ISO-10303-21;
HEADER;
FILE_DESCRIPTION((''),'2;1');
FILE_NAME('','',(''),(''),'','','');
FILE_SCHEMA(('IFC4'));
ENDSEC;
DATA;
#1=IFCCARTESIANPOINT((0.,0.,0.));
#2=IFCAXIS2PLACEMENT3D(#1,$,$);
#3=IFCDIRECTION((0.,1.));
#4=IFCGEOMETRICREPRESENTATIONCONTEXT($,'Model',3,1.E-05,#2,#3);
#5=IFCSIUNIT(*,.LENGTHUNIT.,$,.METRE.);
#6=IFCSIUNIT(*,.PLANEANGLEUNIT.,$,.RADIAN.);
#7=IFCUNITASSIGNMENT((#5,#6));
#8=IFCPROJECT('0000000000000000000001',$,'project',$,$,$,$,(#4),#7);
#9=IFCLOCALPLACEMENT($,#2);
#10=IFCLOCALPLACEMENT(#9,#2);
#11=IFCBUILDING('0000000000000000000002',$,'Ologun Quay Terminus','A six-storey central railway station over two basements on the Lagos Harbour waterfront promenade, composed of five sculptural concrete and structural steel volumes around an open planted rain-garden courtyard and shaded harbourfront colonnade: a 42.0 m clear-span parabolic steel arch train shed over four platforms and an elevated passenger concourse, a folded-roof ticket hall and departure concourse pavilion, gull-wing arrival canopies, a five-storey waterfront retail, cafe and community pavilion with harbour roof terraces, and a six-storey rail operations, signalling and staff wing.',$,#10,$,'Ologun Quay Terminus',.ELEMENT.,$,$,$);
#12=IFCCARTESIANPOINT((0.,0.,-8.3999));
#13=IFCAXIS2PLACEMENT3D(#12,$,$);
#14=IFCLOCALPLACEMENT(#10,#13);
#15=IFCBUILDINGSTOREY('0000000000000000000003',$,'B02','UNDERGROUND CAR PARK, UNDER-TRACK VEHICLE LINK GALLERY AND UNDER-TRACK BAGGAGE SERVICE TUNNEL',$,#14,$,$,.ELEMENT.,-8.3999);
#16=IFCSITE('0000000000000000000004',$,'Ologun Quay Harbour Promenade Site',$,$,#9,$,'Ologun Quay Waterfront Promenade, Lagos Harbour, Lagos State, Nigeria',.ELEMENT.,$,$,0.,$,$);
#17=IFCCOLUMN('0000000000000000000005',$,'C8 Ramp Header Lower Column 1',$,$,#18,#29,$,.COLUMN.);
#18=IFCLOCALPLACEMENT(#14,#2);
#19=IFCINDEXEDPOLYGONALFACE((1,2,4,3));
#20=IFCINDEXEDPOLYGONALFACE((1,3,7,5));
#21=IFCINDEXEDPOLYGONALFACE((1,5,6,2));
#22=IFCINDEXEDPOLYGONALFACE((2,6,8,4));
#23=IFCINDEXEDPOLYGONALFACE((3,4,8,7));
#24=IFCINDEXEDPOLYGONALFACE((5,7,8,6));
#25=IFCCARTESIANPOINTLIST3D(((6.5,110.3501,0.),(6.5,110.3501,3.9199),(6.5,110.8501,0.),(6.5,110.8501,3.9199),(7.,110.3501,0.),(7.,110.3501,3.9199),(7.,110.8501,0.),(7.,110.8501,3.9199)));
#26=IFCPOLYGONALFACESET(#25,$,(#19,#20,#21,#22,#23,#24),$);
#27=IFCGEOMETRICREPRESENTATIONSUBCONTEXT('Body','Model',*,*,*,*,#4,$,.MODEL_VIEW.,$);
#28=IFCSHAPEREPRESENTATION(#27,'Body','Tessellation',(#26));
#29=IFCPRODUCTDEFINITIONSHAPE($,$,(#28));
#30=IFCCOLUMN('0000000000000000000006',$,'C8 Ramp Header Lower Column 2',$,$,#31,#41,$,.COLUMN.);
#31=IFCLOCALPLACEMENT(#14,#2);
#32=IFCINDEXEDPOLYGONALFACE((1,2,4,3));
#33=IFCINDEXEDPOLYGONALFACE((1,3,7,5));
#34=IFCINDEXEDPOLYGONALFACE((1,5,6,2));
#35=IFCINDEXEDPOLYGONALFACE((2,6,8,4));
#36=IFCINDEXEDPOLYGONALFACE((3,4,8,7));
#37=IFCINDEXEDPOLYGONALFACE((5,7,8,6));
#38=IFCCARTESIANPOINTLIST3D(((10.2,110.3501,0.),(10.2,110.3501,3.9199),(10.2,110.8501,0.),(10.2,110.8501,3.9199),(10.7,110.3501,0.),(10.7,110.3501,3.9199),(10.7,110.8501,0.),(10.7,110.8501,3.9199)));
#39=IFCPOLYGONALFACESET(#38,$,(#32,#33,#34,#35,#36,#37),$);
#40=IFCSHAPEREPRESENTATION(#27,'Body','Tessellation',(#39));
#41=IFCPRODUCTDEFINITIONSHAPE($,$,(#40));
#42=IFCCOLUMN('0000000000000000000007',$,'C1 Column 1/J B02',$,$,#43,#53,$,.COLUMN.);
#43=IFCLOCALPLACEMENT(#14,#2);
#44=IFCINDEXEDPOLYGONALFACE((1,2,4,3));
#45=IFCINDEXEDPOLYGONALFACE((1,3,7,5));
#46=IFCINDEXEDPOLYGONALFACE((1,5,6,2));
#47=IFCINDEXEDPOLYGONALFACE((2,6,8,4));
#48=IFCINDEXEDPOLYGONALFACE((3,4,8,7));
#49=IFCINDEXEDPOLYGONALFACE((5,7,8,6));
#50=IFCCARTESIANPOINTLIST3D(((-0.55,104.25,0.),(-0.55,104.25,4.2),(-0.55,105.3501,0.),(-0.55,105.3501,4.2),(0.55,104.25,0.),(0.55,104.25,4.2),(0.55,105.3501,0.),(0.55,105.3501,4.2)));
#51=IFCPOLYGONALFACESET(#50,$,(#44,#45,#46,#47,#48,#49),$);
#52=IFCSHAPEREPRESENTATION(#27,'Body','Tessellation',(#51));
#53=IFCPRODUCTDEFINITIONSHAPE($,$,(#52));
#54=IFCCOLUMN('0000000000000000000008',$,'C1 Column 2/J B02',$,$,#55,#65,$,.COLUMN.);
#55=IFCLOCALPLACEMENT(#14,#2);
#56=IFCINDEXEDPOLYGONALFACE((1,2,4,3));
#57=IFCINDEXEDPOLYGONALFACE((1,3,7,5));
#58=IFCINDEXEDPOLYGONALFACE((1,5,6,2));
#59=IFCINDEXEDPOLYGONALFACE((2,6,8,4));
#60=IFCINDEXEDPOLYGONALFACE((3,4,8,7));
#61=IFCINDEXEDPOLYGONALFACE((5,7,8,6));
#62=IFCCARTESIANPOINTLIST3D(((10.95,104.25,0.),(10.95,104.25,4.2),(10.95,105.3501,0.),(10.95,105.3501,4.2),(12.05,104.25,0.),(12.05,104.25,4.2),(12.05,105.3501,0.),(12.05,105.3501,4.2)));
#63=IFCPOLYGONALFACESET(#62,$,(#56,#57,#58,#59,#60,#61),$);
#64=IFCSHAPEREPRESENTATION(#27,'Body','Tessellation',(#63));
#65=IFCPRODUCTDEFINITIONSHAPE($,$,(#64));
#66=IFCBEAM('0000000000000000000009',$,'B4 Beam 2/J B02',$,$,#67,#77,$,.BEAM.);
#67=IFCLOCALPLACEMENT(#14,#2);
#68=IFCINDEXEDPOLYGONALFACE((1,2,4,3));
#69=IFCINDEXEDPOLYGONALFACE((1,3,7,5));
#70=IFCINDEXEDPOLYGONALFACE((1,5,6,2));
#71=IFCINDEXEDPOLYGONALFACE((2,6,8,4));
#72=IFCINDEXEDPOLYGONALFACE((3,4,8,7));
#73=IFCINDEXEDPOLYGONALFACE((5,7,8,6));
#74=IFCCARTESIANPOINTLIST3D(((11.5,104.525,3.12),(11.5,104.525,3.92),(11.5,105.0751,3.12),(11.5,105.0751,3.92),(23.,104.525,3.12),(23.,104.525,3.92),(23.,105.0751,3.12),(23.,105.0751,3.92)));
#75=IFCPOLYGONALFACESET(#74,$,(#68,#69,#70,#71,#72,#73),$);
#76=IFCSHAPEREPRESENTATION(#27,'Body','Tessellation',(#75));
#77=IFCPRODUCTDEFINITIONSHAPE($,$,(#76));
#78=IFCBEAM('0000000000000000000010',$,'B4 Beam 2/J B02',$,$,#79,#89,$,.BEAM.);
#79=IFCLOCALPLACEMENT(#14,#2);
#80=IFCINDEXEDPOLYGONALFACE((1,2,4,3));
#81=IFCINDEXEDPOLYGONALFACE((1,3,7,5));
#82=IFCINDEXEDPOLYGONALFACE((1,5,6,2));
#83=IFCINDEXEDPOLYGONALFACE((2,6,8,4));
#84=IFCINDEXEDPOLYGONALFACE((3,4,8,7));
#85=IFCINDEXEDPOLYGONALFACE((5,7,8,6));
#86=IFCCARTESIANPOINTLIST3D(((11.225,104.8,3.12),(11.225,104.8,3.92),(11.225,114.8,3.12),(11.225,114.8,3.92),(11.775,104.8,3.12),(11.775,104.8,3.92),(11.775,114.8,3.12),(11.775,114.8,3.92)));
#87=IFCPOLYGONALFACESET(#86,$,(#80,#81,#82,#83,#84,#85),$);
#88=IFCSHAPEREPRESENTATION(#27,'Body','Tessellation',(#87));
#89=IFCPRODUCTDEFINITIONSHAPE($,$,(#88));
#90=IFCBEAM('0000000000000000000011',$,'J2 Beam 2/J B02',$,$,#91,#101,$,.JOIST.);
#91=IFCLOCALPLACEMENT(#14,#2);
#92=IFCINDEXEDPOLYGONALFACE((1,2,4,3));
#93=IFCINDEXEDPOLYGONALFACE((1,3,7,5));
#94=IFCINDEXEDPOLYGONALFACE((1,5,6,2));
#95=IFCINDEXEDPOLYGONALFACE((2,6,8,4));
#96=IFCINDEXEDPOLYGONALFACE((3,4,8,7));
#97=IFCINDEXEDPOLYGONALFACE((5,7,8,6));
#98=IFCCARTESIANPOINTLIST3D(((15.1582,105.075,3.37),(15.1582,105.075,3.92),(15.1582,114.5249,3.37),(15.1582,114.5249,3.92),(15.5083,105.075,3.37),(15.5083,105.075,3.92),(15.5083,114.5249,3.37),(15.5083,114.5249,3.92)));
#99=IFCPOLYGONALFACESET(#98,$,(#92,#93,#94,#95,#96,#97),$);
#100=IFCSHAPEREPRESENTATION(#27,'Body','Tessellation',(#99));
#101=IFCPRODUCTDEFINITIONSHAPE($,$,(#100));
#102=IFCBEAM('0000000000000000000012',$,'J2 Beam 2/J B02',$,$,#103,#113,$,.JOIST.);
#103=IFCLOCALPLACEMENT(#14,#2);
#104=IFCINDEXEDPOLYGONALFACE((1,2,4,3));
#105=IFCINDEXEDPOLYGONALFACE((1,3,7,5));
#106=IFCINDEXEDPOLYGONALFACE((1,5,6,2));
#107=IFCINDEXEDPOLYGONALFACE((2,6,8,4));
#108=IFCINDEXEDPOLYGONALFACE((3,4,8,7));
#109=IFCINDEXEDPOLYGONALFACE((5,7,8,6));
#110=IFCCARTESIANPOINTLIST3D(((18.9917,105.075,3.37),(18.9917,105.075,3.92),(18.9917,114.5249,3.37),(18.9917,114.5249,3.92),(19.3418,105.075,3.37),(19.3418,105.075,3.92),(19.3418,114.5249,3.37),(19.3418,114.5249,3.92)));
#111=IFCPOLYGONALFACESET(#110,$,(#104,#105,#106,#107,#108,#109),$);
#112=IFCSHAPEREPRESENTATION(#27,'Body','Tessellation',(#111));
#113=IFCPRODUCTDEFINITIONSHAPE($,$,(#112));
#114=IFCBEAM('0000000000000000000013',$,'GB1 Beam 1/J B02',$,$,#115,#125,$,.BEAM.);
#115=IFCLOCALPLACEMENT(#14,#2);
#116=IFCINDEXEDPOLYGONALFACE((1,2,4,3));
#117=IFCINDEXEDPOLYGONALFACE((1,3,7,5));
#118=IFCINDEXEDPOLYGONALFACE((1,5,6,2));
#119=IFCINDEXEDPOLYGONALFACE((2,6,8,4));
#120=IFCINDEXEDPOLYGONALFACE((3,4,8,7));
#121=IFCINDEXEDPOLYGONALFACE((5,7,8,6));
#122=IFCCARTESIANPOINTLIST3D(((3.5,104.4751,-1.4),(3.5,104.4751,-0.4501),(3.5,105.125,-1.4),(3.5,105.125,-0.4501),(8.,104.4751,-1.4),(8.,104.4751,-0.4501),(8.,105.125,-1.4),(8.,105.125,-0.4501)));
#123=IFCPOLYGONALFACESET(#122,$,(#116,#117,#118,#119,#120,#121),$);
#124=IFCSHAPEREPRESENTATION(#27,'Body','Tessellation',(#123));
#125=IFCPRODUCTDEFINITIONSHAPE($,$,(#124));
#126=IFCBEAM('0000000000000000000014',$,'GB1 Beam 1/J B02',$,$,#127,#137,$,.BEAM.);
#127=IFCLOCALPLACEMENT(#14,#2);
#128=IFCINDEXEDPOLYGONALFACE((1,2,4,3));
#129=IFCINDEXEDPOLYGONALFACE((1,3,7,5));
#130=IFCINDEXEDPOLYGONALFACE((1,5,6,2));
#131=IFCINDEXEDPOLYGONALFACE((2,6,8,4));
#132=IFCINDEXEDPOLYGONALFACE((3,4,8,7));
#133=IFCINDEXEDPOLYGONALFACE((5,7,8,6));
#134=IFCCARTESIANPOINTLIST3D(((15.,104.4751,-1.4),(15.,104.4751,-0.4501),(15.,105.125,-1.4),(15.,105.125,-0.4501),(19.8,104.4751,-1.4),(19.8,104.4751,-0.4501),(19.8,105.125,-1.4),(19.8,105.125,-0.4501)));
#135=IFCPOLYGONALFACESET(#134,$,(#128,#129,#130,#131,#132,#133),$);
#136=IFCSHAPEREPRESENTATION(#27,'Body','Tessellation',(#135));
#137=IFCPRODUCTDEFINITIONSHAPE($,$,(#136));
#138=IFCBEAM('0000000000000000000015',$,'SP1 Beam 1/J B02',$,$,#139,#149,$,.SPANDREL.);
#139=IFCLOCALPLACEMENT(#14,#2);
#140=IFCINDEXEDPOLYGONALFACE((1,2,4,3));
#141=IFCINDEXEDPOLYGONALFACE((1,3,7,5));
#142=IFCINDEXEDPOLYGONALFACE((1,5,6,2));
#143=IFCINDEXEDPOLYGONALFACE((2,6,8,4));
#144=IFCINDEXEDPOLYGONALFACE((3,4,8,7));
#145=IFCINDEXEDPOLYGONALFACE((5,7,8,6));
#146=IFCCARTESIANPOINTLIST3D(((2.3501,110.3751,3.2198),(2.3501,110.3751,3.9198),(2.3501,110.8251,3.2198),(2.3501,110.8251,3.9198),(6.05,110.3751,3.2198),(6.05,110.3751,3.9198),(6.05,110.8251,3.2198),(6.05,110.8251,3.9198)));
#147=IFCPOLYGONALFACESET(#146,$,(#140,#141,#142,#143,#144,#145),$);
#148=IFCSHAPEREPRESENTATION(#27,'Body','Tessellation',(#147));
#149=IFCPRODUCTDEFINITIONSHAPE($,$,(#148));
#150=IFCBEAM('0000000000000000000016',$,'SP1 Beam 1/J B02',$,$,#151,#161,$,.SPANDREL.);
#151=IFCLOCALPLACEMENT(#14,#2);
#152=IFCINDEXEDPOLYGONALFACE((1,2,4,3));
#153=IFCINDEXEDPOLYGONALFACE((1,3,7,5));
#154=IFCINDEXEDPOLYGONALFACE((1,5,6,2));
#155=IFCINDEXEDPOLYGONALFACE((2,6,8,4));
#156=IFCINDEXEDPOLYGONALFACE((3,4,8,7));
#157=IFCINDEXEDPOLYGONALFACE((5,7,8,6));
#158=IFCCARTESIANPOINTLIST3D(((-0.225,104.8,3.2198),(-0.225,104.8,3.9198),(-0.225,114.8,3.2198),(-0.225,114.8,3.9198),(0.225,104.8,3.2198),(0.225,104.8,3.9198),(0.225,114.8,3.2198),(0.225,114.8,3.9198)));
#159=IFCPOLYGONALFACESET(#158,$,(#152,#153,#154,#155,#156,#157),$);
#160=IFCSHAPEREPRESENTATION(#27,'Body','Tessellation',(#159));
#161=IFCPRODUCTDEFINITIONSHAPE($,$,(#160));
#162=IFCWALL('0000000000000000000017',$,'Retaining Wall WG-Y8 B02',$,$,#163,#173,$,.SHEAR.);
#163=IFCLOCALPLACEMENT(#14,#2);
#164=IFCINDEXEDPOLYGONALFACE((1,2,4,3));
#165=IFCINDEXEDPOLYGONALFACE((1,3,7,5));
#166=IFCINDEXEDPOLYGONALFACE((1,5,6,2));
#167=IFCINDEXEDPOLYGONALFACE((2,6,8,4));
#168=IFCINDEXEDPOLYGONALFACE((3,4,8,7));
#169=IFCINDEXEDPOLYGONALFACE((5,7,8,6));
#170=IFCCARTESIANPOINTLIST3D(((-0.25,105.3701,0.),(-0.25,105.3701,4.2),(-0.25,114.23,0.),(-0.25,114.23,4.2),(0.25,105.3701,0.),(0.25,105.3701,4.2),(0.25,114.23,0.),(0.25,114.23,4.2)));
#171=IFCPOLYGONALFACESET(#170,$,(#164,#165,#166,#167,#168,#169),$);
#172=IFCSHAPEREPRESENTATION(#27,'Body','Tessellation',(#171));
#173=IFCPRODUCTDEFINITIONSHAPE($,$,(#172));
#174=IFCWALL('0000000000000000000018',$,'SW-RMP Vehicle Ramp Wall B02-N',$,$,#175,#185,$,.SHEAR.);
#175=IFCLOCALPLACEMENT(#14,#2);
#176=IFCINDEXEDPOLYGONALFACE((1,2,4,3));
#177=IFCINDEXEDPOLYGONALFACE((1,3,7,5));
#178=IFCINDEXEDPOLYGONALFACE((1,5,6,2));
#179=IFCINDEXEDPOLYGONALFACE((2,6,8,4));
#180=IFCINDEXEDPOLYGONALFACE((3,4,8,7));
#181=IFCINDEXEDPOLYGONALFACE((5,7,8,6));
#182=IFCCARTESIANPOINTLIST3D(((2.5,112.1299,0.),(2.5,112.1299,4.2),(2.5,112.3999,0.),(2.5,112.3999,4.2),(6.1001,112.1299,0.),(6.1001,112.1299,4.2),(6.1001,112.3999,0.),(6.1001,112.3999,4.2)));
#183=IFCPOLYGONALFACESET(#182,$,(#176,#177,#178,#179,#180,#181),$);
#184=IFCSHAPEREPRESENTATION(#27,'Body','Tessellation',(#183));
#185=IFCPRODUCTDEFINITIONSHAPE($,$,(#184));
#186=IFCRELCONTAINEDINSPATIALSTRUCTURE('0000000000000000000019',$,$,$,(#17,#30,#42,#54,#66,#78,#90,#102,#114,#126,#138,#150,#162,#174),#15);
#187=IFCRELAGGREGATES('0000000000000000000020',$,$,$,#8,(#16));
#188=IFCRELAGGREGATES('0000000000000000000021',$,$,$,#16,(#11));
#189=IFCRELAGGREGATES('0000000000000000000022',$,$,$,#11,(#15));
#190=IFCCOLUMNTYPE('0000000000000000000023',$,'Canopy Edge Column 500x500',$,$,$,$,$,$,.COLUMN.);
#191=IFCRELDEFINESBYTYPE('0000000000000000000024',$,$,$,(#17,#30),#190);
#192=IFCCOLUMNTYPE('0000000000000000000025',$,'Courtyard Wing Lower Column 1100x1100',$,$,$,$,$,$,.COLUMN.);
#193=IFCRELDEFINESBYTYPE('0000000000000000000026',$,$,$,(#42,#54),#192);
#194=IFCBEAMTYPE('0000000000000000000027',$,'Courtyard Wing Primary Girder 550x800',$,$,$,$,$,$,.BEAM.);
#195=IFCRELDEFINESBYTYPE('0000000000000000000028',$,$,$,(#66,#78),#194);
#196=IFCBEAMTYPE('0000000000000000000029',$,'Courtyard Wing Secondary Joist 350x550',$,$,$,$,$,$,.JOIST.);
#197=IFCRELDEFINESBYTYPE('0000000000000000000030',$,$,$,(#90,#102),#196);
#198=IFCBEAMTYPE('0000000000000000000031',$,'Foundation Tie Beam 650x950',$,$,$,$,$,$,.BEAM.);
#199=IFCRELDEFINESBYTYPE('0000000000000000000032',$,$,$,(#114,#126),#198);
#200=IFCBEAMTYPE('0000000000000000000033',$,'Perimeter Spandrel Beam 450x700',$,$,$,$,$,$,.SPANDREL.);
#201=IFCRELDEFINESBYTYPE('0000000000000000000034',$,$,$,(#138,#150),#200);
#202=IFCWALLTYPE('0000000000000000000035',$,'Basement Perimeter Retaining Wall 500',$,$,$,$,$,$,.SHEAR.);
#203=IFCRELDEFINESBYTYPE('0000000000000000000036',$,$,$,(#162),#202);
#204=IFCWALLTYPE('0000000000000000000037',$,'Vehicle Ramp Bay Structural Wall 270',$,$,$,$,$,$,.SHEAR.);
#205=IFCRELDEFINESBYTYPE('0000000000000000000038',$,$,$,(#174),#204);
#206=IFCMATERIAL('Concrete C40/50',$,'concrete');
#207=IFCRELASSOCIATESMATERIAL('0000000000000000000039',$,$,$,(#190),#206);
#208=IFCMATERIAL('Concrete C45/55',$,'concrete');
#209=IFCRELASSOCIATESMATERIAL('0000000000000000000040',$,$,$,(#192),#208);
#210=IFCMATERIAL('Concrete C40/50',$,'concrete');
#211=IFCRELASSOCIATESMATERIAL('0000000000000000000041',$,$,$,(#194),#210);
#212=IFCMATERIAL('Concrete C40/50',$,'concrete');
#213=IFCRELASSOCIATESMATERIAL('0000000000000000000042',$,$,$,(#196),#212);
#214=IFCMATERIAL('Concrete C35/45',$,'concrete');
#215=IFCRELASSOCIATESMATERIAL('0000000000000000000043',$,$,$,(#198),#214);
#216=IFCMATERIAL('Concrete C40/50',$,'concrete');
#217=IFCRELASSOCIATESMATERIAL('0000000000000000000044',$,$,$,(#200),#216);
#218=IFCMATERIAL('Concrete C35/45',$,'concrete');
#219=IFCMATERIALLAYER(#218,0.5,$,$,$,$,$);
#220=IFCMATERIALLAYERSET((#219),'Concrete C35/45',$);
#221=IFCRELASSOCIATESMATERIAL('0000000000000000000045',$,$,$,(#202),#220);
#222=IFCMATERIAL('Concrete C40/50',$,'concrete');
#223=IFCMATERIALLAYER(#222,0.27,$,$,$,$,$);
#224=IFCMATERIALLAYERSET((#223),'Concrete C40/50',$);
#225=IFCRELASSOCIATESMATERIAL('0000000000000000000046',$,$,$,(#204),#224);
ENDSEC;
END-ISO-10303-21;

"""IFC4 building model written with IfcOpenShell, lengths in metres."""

from ifc_helpers import new_model, si_unit, direction, frame, frame_2d, origin, origin_2d, place, context, subcontext, project, spatial, rectangle, extrude, material, layer, layer_set, material_profile, profile_set, type_object, element, save


model = new_model("IFC4")

# Units and contexts
model_context = context("Model", 3, precision=1e-05, world=origin(), true_north=direction((0.0, 1.0)))
body_context = subcontext(model_context, "Body", "Model", "MODEL_VIEW")
ifc_project = project(units=[si_unit("LENGTHUNIT", "METRE"), si_unit("PLANEANGLEUNIT", "RADIAN")], contexts=[model_context])

# Site, building, storey
site_placement = place(None, origin())
site = spatial("IfcSite", under=ifc_project, at=site_placement, Name="Ologun Quay Harbour Promenade Site", LongName="Ologun Quay Waterfront Promenade, Lagos Harbour, Lagos State, Nigeria", CompositionType="ELEMENT", RefElevation=0.0)
building_placement = place(site_placement, origin())
building = spatial("IfcBuilding", under=site, at=building_placement, Name="Ologun Quay Terminus", Description="A six-storey central railway station over two basements on the Lagos Harbour waterfront promenade, composed of five sculptural concrete and structural steel volumes around an open planted rain-garden courtyard and shaded harbourfront colonnade: a 42.0 m clear-span parabolic steel arch train shed over four platforms and an elevated passenger concourse, a folded-roof ticket hall and departure concourse pavilion, gull-wing arrival canopies, a five-storey waterfront retail, cafe and community pavilion with harbour roof terraces, and a six-storey rail operations, signalling and staff wing.", LongName="Ologun Quay Terminus", CompositionType="ELEMENT")
storey_placement = place(building_placement, frame((0.0, 0.0, -8.3999)))
storey = spatial("IfcBuildingStorey", under=building, at=storey_placement, Name="B02", Description="UNDERGROUND CAR PARK, UNDER-TRACK VEHICLE LINK GALLERY AND UNDER-TRACK BAGGAGE SERVICE TUNNEL", CompositionType="ELEMENT", Elevation=-8.3999)

# Columns
ifc_material_1 = material(Name="Concrete C40/50", Category="concrete")
ifc_material_profile_1 = material_profile(ifc_material_1, rectangle(XDim=0.5, YDim=0.5, at=origin_2d()), Name="RC 500x500")
ifc_profile_set_1 = profile_set([ifc_material_profile_1], Name="Concrete C40/50")
column_type_1 = type_object("IfcColumnType", Name="Canopy Edge Column 500x500", PredefinedType="COLUMN", material=ifc_profile_set_1)
for number, where, z_axis, x_axis, name in (
    (1, (6.75, 110.6001, 0.0), (0.0, 0.0, 1.0), (1.0, 0.0, 0.0), "C8 Ramp Header Lower Column 1"),
    (2, (10.45, 110.6001, 0.0), (0.0, 0.0, 1.0), (1.0, 0.0, 0.0), "C8 Ramp Header Lower Column 2"),
):
    element("IfcColumn", number, at=place(storey_placement, frame(where, z_axis=z_axis, x_axis=x_axis)), inside=storey, type_object=column_type_1, Name=name, PredefinedType="COLUMN", context=body_context, shape_type="SweptSolid", body=[
        extrude(rectangle(XDim=0.5, YDim=0.5, at=origin_2d()), origin(), (0.0, 0.0, 1.0), 3.9199),
    ])
ifc_material_2 = material(Name="Concrete C45/55", Category="concrete")
ifc_material_profile_2 = material_profile(ifc_material_2, rectangle(XDim=1.1001, YDim=1.1001, at=origin_2d()), Name="RC 1100x1100")
ifc_profile_set_2 = profile_set([ifc_material_profile_2], Name="Concrete C45/55")
column_type_2 = type_object("IfcColumnType", Name="Courtyard Wing Lower Column 1100x1100", PredefinedType="COLUMN", material=ifc_profile_set_2)
for number, where, z_axis, x_axis, name in (
    (3, (0.0, 104.8, 0.0), (0.0, 0.0, 1.0), (1.0, 0.0, 0.0), "C1 Column 1/J B02"),
    (4, (11.5, 104.8, 0.0), (0.0, 0.0, 1.0), (1.0, 0.0, 0.0), "C1 Column 2/J B02"),
):
    element("IfcColumn", number, at=place(storey_placement, frame(where, z_axis=z_axis, x_axis=x_axis)), inside=storey, type_object=column_type_2, Name=name, PredefinedType="COLUMN", context=body_context, shape_type="SweptSolid", body=[
        extrude(rectangle(XDim=1.1001, YDim=1.1001, at=origin_2d()), origin(), (0.0, 0.0, 1.0), 4.2),
    ])

# Beams
ifc_material_3 = material(Name="Concrete C40/50", Category="concrete")
ifc_material_profile_3 = material_profile(ifc_material_3, rectangle(XDim=0.55, YDim=0.8, at=origin_2d()), Name="RC 550x800")
ifc_profile_set_3 = profile_set([ifc_material_profile_3], Name="Concrete C40/50")
beam_type_1 = type_object("IfcBeamType", Name="Courtyard Wing Primary Girder 550x800", PredefinedType="BEAM", material=ifc_profile_set_3)
beam_1_placement = place(storey_placement, frame((11.5, 104.8, 3.52), z_axis=(1.0, 0.0, 0.0), x_axis=(0.0, 1.0, 0.0)))
element("IfcBeam", 5, at=beam_1_placement, inside=storey, type_object=beam_type_1, Name="B4 Beam 2/J B02", PredefinedType="BEAM", context=body_context, shape_type="SweptSolid", body=[
    extrude(rectangle(XDim=0.55, YDim=0.8, at=origin_2d()), origin(), (0.0, 0.0, 1.0), 11.5),
])
beam_2_placement = place(storey_placement, frame((11.5, 104.8, 3.52), z_axis=(0.0, 1.0, 0.0), x_axis=(-1.0, 0.0, 0.0)))
element("IfcBeam", 6, at=beam_2_placement, inside=storey, type_object=beam_type_1, Name="B4 Beam 2/J B02", PredefinedType="BEAM", context=body_context, shape_type="SweptSolid", body=[
    extrude(rectangle(XDim=0.55, YDim=0.8, at=origin_2d()), origin(), (0.0, 0.0, 1.0), 10.0),
])
ifc_material_4 = material(Name="Concrete C40/50", Category="concrete")
ifc_material_profile_4 = material_profile(ifc_material_4, rectangle(XDim=0.3501, YDim=0.55, at=origin_2d()), Name="RC 350x550")
ifc_profile_set_4 = profile_set([ifc_material_profile_4], Name="Concrete C40/50")
beam_type_2 = type_object("IfcBeamType", Name="Courtyard Wing Secondary Joist 350x550", PredefinedType="JOIST", material=ifc_profile_set_4)
for number, where, z_axis, x_axis, name in (
    (7, (15.3333, 105.075, 3.645), (0.0, 1.0, 0.0), (-1.0, 0.0, 0.0), "J2 Beam 2/J B02"),
    (8, (19.1667, 105.075, 3.645), (0.0, 1.0, 0.0), (-1.0, 0.0, 0.0), "J2 Beam 2/J B02"),
):
    element("IfcBeam", number, at=place(storey_placement, frame(where, z_axis=z_axis, x_axis=x_axis)), inside=storey, type_object=beam_type_2, Name=name, PredefinedType="JOIST", context=body_context, shape_type="SweptSolid", body=[
        extrude(rectangle(XDim=0.3501, YDim=0.55, at=origin_2d()), origin(), (0.0, 0.0, 1.0), 9.45),
    ])
ifc_material_5 = material(Name="Concrete C35/45", Category="concrete")
ifc_material_profile_5 = material_profile(ifc_material_5, rectangle(XDim=0.6499, YDim=0.95, at=origin_2d()), Name="RC 650x950")
ifc_profile_set_5 = profile_set([ifc_material_profile_5], Name="Concrete C35/45")
beam_type_3 = type_object("IfcBeamType", Name="Foundation Tie Beam 650x950", PredefinedType="BEAM", material=ifc_profile_set_5)
beam_3_placement = place(storey_placement, frame((3.5, 104.8, -0.925), z_axis=(1.0, 0.0, 0.0), x_axis=(0.0, 1.0, 0.0)))
element("IfcBeam", 9, at=beam_3_placement, inside=storey, type_object=beam_type_3, Name="GB1 Beam 1/J B02", PredefinedType="BEAM", context=body_context, shape_type="SweptSolid", body=[
    extrude(rectangle(XDim=0.6499, YDim=0.95, at=origin_2d()), origin(), (0.0, 0.0, 1.0), 4.5),
])
beam_4_placement = place(storey_placement, frame((15.0, 104.8, -0.925), z_axis=(1.0, 0.0, 0.0), x_axis=(0.0, 1.0, 0.0)))
element("IfcBeam", 10, at=beam_4_placement, inside=storey, type_object=beam_type_3, Name="GB1 Beam 1/J B02", PredefinedType="BEAM", context=body_context, shape_type="SweptSolid", body=[
    extrude(rectangle(XDim=0.6499, YDim=0.95, at=origin_2d()), origin(), (0.0, 0.0, 1.0), 4.8),
])
ifc_material_6 = material(Name="Concrete C40/50", Category="concrete")
ifc_material_profile_6 = material_profile(ifc_material_6, rectangle(XDim=0.45, YDim=0.7, at=origin_2d()), Name="RC 450x700")
ifc_profile_set_6 = profile_set([ifc_material_profile_6], Name="Concrete C40/50")
beam_type_4 = type_object("IfcBeamType", Name="Perimeter Spandrel Beam 450x700", PredefinedType="SPANDREL", material=ifc_profile_set_6)
beam_5_placement = place(storey_placement, frame((2.3501, 110.6001, 3.5698), z_axis=(1.0, 0.0, 0.0), x_axis=(0.0, 1.0, 0.0)))
element("IfcBeam", 11, at=beam_5_placement, inside=storey, type_object=beam_type_4, Name="SP1 Beam 1/J B02", PredefinedType="SPANDREL", context=body_context, shape_type="SweptSolid", body=[
    extrude(rectangle(XDim=0.45, YDim=0.7, at=origin_2d()), origin(), (0.0, 0.0, 1.0), 3.7),
])
beam_6_placement = place(storey_placement, frame((0.0, 104.8, 3.5698), z_axis=(0.0, 1.0, 0.0), x_axis=(-1.0, 0.0, 0.0)))
element("IfcBeam", 12, at=beam_6_placement, inside=storey, type_object=beam_type_4, Name="SP1 Beam 1/J B02", PredefinedType="SPANDREL", context=body_context, shape_type="SweptSolid", body=[
    extrude(rectangle(XDim=0.45, YDim=0.7, at=origin_2d()), origin(), (0.0, 0.0, 1.0), 10.0),
])

# Walls
ifc_material_7 = material(Name="Concrete C35/45", Category="concrete")
ifc_layer_1 = layer(ifc_material_7, 0.5)
ifc_layer_set_1 = layer_set([ifc_layer_1], Name="Concrete C35/45")
wall_type_1 = type_object("IfcWallType", Name="Basement Perimeter Retaining Wall 500", PredefinedType="SHEAR", material=ifc_layer_set_1)
wall_1_placement = place(storey_placement, frame((0.0, 105.3701, 0.0), z_axis=(0.0, 0.0, 1.0), x_axis=(0.0, 1.0, 0.0)))
element("IfcWall", 13, at=wall_1_placement, inside=storey, type_object=wall_type_1, Name="Retaining Wall WG-Y8 B02", PredefinedType="SHEAR", context=body_context, shape_type="SweptSolid", body=[
    extrude(rectangle(XDim=8.8599, YDim=0.5, at=frame_2d((4.4299, 0.0))), origin(), (0.0, 0.0, 1.0), 4.2),
])
ifc_material_8 = material(Name="Concrete C40/50", Category="concrete")
ifc_layer_2 = layer(ifc_material_8, 0.27)
ifc_layer_set_2 = layer_set([ifc_layer_2], Name="Concrete C40/50")
wall_type_2 = type_object("IfcWallType", Name="Vehicle Ramp Bay Structural Wall 270", PredefinedType="SHEAR", material=ifc_layer_set_2)
wall_2_placement = place(storey_placement, frame((2.5, 112.2649, 0.0), z_axis=(0.0, 0.0, 1.0), x_axis=(1.0, 0.0, 0.0)))
element("IfcWall", 14, at=wall_2_placement, inside=storey, type_object=wall_type_2, Name="SW-RMP Vehicle Ramp Wall B02-N", PredefinedType="SHEAR", context=body_context, shape_type="SweptSolid", body=[
    extrude(rectangle(XDim=3.6001, YDim=0.27, at=frame_2d((1.8, 0.0))), origin(), (0.0, 0.0, 1.0), 4.2),
])

save(model, "model.ifc")
